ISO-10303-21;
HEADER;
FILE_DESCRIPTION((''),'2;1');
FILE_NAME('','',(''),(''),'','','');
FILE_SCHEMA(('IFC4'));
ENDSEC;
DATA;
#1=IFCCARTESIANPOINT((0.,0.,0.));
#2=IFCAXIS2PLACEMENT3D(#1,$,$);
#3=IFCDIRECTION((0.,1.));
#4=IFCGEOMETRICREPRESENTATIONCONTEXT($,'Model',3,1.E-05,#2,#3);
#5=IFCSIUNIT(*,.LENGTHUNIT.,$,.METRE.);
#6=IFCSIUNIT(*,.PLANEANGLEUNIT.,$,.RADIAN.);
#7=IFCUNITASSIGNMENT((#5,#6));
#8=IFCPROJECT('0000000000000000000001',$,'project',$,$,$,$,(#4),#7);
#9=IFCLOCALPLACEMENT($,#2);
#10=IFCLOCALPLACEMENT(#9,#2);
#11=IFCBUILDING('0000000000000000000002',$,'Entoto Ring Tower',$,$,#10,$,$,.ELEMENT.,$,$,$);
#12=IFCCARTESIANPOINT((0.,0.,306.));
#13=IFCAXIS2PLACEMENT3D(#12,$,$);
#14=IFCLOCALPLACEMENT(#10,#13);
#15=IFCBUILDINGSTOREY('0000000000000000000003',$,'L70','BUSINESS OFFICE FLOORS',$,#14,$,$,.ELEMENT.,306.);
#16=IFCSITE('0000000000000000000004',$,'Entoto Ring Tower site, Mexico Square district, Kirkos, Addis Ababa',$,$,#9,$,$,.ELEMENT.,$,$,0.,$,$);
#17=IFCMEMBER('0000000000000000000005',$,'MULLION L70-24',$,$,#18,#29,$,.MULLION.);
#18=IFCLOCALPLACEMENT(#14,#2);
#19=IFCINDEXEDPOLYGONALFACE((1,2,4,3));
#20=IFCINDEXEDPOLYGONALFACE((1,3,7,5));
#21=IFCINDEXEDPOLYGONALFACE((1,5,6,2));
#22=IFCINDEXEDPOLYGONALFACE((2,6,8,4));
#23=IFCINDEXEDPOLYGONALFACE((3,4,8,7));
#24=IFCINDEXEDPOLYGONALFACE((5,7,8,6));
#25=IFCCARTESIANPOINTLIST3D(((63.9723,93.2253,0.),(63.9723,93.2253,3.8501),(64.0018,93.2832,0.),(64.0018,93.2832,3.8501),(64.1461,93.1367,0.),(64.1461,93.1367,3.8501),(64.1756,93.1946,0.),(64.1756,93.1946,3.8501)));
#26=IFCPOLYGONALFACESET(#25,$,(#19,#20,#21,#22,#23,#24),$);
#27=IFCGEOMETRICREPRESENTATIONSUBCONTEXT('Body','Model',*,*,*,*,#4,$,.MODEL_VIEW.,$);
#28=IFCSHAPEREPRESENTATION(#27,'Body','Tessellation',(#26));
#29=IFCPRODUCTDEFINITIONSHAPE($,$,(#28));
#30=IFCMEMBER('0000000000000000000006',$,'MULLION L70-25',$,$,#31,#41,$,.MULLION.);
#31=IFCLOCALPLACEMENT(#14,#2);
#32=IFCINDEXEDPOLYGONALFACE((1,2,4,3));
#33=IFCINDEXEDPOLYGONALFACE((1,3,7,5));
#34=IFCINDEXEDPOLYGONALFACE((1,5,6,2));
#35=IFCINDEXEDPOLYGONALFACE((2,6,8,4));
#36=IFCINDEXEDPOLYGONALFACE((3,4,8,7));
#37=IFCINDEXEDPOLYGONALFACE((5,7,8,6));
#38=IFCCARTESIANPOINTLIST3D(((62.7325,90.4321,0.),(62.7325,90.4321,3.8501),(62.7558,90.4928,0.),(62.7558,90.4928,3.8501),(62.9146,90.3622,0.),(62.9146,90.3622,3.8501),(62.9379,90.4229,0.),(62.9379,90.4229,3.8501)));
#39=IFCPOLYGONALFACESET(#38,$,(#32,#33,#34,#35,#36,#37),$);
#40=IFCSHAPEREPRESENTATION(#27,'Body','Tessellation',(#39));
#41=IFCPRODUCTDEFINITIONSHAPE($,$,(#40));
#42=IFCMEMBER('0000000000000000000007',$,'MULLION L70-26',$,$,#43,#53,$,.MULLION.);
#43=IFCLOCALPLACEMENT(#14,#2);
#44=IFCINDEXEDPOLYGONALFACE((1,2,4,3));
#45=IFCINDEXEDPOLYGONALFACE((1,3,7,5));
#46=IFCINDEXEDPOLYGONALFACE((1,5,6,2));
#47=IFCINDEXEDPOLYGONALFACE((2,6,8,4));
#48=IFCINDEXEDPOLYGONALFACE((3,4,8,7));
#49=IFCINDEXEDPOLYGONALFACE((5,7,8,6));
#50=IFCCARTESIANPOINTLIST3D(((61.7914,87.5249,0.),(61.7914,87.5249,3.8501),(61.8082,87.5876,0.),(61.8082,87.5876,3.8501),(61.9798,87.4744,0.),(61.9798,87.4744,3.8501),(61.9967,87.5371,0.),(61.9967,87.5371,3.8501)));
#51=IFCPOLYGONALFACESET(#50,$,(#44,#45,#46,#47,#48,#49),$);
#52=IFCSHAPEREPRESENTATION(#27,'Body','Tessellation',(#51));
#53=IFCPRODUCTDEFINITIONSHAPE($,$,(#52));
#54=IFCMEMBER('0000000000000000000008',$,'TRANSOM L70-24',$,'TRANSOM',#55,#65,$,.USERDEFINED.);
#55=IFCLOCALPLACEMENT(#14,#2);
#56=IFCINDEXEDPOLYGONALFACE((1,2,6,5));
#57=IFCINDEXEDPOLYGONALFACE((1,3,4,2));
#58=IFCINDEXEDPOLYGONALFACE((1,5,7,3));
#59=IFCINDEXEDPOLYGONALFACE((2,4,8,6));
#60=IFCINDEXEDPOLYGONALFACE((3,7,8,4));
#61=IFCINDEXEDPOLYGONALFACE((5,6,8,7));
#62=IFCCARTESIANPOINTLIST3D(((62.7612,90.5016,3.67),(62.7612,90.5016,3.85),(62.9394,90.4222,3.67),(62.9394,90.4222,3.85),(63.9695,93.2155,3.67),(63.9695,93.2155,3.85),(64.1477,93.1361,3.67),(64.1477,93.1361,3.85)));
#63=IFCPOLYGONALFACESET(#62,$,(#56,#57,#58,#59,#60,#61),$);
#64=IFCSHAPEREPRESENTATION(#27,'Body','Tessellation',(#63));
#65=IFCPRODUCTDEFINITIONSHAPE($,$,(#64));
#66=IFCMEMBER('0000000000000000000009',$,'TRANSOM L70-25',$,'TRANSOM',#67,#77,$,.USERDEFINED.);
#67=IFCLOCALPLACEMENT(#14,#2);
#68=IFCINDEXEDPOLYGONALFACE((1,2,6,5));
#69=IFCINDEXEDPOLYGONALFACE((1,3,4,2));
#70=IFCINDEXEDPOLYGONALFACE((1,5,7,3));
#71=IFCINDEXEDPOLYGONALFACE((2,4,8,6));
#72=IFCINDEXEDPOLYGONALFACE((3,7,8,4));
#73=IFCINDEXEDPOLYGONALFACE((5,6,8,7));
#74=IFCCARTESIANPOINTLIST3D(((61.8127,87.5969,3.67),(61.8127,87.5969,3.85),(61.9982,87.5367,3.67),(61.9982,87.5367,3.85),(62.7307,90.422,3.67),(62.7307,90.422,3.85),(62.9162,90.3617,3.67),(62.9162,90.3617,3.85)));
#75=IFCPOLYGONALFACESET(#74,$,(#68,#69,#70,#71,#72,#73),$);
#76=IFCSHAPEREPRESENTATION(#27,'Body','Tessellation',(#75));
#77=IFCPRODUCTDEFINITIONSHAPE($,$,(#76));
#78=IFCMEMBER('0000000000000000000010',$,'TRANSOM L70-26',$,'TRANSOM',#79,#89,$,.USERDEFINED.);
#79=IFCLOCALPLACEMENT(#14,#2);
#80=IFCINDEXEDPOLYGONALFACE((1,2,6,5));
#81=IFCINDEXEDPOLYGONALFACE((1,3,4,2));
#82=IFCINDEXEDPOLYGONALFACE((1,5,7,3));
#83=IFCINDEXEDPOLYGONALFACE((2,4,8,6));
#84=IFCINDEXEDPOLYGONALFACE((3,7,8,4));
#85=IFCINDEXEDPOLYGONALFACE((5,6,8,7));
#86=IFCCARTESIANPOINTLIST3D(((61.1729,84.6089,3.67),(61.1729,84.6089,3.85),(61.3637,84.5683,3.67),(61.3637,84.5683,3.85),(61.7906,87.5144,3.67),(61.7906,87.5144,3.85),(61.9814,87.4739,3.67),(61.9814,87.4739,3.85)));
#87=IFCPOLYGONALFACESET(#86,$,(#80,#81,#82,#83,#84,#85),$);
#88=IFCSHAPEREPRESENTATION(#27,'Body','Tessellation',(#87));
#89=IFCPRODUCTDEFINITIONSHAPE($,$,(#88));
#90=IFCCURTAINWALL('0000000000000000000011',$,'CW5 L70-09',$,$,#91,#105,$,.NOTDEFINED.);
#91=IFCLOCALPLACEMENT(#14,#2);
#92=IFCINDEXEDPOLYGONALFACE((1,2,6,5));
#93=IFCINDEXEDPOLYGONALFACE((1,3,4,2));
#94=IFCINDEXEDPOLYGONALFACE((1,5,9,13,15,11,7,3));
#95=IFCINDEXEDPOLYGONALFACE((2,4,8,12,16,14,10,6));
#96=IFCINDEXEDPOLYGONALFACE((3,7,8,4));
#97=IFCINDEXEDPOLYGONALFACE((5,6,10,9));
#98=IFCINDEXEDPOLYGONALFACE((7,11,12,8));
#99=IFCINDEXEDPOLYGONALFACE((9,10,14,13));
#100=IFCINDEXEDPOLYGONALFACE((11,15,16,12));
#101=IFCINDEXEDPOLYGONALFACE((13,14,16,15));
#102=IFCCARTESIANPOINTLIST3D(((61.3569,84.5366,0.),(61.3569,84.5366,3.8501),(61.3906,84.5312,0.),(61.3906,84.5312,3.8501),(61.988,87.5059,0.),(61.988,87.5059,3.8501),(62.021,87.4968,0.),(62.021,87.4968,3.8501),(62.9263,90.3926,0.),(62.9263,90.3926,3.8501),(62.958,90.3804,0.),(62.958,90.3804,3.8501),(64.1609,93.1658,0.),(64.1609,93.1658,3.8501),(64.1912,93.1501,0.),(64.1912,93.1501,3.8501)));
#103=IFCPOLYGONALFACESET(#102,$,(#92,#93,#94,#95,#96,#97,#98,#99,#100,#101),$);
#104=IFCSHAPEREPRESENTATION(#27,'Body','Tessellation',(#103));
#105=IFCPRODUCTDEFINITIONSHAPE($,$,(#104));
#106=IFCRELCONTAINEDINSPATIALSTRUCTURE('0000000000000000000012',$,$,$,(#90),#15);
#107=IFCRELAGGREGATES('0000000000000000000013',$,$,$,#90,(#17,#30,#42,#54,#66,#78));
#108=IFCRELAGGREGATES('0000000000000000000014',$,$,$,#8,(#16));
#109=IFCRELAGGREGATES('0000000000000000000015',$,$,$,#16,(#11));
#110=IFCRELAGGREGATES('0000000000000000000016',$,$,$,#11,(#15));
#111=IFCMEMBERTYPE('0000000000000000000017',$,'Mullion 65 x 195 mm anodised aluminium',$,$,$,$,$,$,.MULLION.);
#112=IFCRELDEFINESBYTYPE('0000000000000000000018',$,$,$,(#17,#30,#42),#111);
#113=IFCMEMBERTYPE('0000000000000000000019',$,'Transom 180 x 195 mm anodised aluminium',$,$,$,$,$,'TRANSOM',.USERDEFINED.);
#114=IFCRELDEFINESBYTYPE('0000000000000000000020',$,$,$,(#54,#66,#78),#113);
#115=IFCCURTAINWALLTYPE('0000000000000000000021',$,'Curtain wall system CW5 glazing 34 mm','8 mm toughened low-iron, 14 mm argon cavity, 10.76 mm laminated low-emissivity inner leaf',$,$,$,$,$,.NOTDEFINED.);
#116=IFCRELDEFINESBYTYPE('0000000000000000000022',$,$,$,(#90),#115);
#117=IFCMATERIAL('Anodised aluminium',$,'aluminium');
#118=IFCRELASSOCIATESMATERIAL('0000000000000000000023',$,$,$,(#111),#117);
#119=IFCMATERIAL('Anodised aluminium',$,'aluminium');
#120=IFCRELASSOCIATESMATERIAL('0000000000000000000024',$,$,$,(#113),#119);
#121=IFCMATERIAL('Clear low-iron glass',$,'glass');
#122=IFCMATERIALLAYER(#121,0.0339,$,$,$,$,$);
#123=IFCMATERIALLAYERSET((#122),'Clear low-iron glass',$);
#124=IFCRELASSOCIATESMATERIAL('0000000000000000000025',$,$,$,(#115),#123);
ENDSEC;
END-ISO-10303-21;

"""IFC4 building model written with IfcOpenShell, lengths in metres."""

from ifc_helpers import new_model, si_unit, direction, frame, origin, origin_2d, place, context, subcontext, project, spatial, polyline, rectangle, outline, extrude, material, layer, layer_set, material_profile, profile_set, type_object, element, aggregate, save


model = new_model("IFC4")

# Units and contexts
model_context = context("Model", 3, precision=1e-05, world=origin(), true_north=direction((0.0, 1.0)))
body_context = subcontext(model_context, "Body", "Model", "MODEL_VIEW")
ifc_project = project(units=[si_unit("LENGTHUNIT", "METRE"), si_unit("PLANEANGLEUNIT", "RADIAN")], contexts=[model_context])

# Members
ifc_material_1 = material(Name="Anodised aluminium", Category="aluminium")
ifc_material_profile_1 = material_profile(ifc_material_1, rectangle(XDim=0.0649, YDim=0.1951, at=origin_2d()), Name="Mullion 65 x 195 mm anodised aluminium")
ifc_profile_set_1 = profile_set([ifc_material_profile_1], Name="Anodised aluminium")
member_type_1 = type_object("IfcMemberType", Name="Mullion 65 x 195 mm anodised aluminium", PredefinedType="MULLION", material=ifc_profile_set_1)
site_placement = place(None, origin())
building_placement = place(site_placement, origin())
storey_placement = place(building_placement, frame((0.0, 0.0, 306.0)))
member_1_placement = place(storey_placement, frame((64.074, 93.21, 0.0), z_axis=(0.0, 0.0, 1.0), x_axis=(-0.45399, -0.891007, 0.0)))
member_1 = element("IfcMember", 1, at=member_1_placement, type_object=member_type_1, Name="MULLION L70-24", PredefinedType="MULLION", context=body_context, shape_type="SweptSolid", body=[
    extrude(rectangle(XDim=0.0649, YDim=0.1951, at=origin_2d()), origin(), (0.0, 0.0, 1.0), 3.8501),
])
member_2_placement = place(storey_placement, frame((62.8352, 90.4275, 0.0), z_axis=(0.0, 0.0, 1.0), x_axis=(-0.358368, -0.93358, 0.0)))
member_2 = element("IfcMember", 2, at=member_2_placement, type_object=member_type_1, Name="MULLION L70-25", PredefinedType="MULLION", context=body_context, shape_type="SweptSolid", body=[
    extrude(rectangle(XDim=0.0649, YDim=0.1951, at=origin_2d()), origin(), (0.0, 0.0, 1.0), 3.8501),
])
member_3_placement = place(storey_placement, frame((61.894, 87.531, 0.0), z_axis=(0.0, 0.0, 1.0), x_axis=(-0.258819, -0.965926, 0.0)))
member_3 = element("IfcMember", 3, at=member_3_placement, type_object=member_type_1, Name="MULLION L70-26", PredefinedType="MULLION", context=body_context, shape_type="SweptSolid", body=[
    extrude(rectangle(XDim=0.0649, YDim=0.1951, at=origin_2d()), origin(), (0.0, 0.0, 1.0), 3.8501),
])
ifc_material_2 = material(Name="Anodised aluminium", Category="aluminium")
ifc_material_profile_2 = material_profile(ifc_material_2, rectangle(XDim=0.1951, YDim=0.1799, at=origin_2d()), Name="Transom 180 x 195 mm anodised aluminium")
ifc_profile_set_2 = profile_set([ifc_material_profile_2], Name="Anodised aluminium")
member_type_2 = type_object("IfcMemberType", Name="Transom 180 x 195 mm anodised aluminium", ElementType="TRANSOM", PredefinedType="USERDEFINED", material=ifc_profile_set_2)
member_4_placement = place(storey_placement, frame((64.0586, 93.1758, 3.76), z_axis=(-0.406726, -0.91355, 0.0), x_axis=(0.91355, -0.406726, 0.0)))
member_4 = element("IfcMember", 4, at=member_4_placement, type_object=member_type_2, Name="TRANSOM L70-24", ObjectType="TRANSOM", PredefinedType="USERDEFINED", context=body_context, shape_type="SweptSolid", body=[
    extrude(rectangle(XDim=0.1951, YDim=0.1799, at=origin_2d()), origin(), (0.0, 0.0, 1.0), 2.9707),
])
member_5_placement = place(storey_placement, frame((62.8235, 90.3918, 3.76), z_axis=(-0.309043, -0.951048, 0.0), x_axis=(0.951048, -0.309043, 0.0)))
member_5 = element("IfcMember", 5, at=member_5_placement, type_object=member_type_2, Name="TRANSOM L70-25", ObjectType="TRANSOM", PredefinedType="USERDEFINED", context=body_context, shape_type="SweptSolid", body=[
    extrude(rectangle(XDim=0.1951, YDim=0.1799, at=origin_2d()), origin(), (0.0, 0.0, 1.0), 2.9705),
])
member_6_placement = place(storey_placement, frame((61.886, 87.4941, 3.76), z_axis=(-0.20794, -0.978142, 0.0), x_axis=(0.978142, -0.20794, 0.0)))
member_6 = element("IfcMember", 6, at=member_6_placement, type_object=member_type_2, Name="TRANSOM L70-26", ObjectType="TRANSOM", PredefinedType="USERDEFINED", context=body_context, shape_type="SweptSolid", body=[
    extrude(rectangle(XDim=0.1951, YDim=0.1799, at=origin_2d()), origin(), (0.0, 0.0, 1.0), 2.9705),
])

# Site, building, storey
site = spatial("IfcSite", under=ifc_project, at=site_placement, Name="Entoto Ring Tower site, Mexico Square district, Kirkos, Addis Ababa", CompositionType="ELEMENT", RefElevation=0.0)
building = spatial("IfcBuilding", under=site, at=building_placement, Name="Entoto Ring Tower", CompositionType="ELEMENT")
storey = spatial("IfcBuildingStorey", under=building, at=storey_placement, Name="L70", Description="BUSINESS OFFICE FLOORS", CompositionType="ELEMENT", Elevation=306.0)

# Curtain wall
ifc_material_3 = material(Name="Clear low-iron glass", Category="glass")
ifc_layer = layer(ifc_material_3, 0.0339)
ifc_layer_set = layer_set([ifc_layer], Name="Clear low-iron glass")
curtain_wall_type = type_object("IfcCurtainWallType", Name="Curtain wall system CW5 glazing 34 mm", Description="8 mm toughened low-iron, 14 mm argon cavity, 10.76 mm laminated low-emissivity inner leaf", PredefinedType="NOTDEFINED", material=ifc_layer_set)
curtain_wall_1_placement = place(storey_placement, origin())
curtain_wall_1 = element("IfcCurtainWall", 7, at=curtain_wall_1_placement, inside=storey, type_object=curtain_wall_type, Name="CW5 L70-09", PredefinedType="NOTDEFINED", context=body_context, shape_type="SweptSolid", body=[
    extrude(outline(polyline([(64.1609, 93.1658), (62.9263, 90.3926), (61.988, 87.5059), (61.3569, 84.5366), (61.3906, 84.5312), (62.021, 87.4968), (62.958, 90.3804), (64.1912, 93.1501), (64.1609, 93.1658)])), origin(), (0.0, 0.0, 1.0), 3.8501),
])
aggregate(curtain_wall_1, [member_1, member_2, member_3, member_4, member_5, member_6])

save(model, "model.ifc")
